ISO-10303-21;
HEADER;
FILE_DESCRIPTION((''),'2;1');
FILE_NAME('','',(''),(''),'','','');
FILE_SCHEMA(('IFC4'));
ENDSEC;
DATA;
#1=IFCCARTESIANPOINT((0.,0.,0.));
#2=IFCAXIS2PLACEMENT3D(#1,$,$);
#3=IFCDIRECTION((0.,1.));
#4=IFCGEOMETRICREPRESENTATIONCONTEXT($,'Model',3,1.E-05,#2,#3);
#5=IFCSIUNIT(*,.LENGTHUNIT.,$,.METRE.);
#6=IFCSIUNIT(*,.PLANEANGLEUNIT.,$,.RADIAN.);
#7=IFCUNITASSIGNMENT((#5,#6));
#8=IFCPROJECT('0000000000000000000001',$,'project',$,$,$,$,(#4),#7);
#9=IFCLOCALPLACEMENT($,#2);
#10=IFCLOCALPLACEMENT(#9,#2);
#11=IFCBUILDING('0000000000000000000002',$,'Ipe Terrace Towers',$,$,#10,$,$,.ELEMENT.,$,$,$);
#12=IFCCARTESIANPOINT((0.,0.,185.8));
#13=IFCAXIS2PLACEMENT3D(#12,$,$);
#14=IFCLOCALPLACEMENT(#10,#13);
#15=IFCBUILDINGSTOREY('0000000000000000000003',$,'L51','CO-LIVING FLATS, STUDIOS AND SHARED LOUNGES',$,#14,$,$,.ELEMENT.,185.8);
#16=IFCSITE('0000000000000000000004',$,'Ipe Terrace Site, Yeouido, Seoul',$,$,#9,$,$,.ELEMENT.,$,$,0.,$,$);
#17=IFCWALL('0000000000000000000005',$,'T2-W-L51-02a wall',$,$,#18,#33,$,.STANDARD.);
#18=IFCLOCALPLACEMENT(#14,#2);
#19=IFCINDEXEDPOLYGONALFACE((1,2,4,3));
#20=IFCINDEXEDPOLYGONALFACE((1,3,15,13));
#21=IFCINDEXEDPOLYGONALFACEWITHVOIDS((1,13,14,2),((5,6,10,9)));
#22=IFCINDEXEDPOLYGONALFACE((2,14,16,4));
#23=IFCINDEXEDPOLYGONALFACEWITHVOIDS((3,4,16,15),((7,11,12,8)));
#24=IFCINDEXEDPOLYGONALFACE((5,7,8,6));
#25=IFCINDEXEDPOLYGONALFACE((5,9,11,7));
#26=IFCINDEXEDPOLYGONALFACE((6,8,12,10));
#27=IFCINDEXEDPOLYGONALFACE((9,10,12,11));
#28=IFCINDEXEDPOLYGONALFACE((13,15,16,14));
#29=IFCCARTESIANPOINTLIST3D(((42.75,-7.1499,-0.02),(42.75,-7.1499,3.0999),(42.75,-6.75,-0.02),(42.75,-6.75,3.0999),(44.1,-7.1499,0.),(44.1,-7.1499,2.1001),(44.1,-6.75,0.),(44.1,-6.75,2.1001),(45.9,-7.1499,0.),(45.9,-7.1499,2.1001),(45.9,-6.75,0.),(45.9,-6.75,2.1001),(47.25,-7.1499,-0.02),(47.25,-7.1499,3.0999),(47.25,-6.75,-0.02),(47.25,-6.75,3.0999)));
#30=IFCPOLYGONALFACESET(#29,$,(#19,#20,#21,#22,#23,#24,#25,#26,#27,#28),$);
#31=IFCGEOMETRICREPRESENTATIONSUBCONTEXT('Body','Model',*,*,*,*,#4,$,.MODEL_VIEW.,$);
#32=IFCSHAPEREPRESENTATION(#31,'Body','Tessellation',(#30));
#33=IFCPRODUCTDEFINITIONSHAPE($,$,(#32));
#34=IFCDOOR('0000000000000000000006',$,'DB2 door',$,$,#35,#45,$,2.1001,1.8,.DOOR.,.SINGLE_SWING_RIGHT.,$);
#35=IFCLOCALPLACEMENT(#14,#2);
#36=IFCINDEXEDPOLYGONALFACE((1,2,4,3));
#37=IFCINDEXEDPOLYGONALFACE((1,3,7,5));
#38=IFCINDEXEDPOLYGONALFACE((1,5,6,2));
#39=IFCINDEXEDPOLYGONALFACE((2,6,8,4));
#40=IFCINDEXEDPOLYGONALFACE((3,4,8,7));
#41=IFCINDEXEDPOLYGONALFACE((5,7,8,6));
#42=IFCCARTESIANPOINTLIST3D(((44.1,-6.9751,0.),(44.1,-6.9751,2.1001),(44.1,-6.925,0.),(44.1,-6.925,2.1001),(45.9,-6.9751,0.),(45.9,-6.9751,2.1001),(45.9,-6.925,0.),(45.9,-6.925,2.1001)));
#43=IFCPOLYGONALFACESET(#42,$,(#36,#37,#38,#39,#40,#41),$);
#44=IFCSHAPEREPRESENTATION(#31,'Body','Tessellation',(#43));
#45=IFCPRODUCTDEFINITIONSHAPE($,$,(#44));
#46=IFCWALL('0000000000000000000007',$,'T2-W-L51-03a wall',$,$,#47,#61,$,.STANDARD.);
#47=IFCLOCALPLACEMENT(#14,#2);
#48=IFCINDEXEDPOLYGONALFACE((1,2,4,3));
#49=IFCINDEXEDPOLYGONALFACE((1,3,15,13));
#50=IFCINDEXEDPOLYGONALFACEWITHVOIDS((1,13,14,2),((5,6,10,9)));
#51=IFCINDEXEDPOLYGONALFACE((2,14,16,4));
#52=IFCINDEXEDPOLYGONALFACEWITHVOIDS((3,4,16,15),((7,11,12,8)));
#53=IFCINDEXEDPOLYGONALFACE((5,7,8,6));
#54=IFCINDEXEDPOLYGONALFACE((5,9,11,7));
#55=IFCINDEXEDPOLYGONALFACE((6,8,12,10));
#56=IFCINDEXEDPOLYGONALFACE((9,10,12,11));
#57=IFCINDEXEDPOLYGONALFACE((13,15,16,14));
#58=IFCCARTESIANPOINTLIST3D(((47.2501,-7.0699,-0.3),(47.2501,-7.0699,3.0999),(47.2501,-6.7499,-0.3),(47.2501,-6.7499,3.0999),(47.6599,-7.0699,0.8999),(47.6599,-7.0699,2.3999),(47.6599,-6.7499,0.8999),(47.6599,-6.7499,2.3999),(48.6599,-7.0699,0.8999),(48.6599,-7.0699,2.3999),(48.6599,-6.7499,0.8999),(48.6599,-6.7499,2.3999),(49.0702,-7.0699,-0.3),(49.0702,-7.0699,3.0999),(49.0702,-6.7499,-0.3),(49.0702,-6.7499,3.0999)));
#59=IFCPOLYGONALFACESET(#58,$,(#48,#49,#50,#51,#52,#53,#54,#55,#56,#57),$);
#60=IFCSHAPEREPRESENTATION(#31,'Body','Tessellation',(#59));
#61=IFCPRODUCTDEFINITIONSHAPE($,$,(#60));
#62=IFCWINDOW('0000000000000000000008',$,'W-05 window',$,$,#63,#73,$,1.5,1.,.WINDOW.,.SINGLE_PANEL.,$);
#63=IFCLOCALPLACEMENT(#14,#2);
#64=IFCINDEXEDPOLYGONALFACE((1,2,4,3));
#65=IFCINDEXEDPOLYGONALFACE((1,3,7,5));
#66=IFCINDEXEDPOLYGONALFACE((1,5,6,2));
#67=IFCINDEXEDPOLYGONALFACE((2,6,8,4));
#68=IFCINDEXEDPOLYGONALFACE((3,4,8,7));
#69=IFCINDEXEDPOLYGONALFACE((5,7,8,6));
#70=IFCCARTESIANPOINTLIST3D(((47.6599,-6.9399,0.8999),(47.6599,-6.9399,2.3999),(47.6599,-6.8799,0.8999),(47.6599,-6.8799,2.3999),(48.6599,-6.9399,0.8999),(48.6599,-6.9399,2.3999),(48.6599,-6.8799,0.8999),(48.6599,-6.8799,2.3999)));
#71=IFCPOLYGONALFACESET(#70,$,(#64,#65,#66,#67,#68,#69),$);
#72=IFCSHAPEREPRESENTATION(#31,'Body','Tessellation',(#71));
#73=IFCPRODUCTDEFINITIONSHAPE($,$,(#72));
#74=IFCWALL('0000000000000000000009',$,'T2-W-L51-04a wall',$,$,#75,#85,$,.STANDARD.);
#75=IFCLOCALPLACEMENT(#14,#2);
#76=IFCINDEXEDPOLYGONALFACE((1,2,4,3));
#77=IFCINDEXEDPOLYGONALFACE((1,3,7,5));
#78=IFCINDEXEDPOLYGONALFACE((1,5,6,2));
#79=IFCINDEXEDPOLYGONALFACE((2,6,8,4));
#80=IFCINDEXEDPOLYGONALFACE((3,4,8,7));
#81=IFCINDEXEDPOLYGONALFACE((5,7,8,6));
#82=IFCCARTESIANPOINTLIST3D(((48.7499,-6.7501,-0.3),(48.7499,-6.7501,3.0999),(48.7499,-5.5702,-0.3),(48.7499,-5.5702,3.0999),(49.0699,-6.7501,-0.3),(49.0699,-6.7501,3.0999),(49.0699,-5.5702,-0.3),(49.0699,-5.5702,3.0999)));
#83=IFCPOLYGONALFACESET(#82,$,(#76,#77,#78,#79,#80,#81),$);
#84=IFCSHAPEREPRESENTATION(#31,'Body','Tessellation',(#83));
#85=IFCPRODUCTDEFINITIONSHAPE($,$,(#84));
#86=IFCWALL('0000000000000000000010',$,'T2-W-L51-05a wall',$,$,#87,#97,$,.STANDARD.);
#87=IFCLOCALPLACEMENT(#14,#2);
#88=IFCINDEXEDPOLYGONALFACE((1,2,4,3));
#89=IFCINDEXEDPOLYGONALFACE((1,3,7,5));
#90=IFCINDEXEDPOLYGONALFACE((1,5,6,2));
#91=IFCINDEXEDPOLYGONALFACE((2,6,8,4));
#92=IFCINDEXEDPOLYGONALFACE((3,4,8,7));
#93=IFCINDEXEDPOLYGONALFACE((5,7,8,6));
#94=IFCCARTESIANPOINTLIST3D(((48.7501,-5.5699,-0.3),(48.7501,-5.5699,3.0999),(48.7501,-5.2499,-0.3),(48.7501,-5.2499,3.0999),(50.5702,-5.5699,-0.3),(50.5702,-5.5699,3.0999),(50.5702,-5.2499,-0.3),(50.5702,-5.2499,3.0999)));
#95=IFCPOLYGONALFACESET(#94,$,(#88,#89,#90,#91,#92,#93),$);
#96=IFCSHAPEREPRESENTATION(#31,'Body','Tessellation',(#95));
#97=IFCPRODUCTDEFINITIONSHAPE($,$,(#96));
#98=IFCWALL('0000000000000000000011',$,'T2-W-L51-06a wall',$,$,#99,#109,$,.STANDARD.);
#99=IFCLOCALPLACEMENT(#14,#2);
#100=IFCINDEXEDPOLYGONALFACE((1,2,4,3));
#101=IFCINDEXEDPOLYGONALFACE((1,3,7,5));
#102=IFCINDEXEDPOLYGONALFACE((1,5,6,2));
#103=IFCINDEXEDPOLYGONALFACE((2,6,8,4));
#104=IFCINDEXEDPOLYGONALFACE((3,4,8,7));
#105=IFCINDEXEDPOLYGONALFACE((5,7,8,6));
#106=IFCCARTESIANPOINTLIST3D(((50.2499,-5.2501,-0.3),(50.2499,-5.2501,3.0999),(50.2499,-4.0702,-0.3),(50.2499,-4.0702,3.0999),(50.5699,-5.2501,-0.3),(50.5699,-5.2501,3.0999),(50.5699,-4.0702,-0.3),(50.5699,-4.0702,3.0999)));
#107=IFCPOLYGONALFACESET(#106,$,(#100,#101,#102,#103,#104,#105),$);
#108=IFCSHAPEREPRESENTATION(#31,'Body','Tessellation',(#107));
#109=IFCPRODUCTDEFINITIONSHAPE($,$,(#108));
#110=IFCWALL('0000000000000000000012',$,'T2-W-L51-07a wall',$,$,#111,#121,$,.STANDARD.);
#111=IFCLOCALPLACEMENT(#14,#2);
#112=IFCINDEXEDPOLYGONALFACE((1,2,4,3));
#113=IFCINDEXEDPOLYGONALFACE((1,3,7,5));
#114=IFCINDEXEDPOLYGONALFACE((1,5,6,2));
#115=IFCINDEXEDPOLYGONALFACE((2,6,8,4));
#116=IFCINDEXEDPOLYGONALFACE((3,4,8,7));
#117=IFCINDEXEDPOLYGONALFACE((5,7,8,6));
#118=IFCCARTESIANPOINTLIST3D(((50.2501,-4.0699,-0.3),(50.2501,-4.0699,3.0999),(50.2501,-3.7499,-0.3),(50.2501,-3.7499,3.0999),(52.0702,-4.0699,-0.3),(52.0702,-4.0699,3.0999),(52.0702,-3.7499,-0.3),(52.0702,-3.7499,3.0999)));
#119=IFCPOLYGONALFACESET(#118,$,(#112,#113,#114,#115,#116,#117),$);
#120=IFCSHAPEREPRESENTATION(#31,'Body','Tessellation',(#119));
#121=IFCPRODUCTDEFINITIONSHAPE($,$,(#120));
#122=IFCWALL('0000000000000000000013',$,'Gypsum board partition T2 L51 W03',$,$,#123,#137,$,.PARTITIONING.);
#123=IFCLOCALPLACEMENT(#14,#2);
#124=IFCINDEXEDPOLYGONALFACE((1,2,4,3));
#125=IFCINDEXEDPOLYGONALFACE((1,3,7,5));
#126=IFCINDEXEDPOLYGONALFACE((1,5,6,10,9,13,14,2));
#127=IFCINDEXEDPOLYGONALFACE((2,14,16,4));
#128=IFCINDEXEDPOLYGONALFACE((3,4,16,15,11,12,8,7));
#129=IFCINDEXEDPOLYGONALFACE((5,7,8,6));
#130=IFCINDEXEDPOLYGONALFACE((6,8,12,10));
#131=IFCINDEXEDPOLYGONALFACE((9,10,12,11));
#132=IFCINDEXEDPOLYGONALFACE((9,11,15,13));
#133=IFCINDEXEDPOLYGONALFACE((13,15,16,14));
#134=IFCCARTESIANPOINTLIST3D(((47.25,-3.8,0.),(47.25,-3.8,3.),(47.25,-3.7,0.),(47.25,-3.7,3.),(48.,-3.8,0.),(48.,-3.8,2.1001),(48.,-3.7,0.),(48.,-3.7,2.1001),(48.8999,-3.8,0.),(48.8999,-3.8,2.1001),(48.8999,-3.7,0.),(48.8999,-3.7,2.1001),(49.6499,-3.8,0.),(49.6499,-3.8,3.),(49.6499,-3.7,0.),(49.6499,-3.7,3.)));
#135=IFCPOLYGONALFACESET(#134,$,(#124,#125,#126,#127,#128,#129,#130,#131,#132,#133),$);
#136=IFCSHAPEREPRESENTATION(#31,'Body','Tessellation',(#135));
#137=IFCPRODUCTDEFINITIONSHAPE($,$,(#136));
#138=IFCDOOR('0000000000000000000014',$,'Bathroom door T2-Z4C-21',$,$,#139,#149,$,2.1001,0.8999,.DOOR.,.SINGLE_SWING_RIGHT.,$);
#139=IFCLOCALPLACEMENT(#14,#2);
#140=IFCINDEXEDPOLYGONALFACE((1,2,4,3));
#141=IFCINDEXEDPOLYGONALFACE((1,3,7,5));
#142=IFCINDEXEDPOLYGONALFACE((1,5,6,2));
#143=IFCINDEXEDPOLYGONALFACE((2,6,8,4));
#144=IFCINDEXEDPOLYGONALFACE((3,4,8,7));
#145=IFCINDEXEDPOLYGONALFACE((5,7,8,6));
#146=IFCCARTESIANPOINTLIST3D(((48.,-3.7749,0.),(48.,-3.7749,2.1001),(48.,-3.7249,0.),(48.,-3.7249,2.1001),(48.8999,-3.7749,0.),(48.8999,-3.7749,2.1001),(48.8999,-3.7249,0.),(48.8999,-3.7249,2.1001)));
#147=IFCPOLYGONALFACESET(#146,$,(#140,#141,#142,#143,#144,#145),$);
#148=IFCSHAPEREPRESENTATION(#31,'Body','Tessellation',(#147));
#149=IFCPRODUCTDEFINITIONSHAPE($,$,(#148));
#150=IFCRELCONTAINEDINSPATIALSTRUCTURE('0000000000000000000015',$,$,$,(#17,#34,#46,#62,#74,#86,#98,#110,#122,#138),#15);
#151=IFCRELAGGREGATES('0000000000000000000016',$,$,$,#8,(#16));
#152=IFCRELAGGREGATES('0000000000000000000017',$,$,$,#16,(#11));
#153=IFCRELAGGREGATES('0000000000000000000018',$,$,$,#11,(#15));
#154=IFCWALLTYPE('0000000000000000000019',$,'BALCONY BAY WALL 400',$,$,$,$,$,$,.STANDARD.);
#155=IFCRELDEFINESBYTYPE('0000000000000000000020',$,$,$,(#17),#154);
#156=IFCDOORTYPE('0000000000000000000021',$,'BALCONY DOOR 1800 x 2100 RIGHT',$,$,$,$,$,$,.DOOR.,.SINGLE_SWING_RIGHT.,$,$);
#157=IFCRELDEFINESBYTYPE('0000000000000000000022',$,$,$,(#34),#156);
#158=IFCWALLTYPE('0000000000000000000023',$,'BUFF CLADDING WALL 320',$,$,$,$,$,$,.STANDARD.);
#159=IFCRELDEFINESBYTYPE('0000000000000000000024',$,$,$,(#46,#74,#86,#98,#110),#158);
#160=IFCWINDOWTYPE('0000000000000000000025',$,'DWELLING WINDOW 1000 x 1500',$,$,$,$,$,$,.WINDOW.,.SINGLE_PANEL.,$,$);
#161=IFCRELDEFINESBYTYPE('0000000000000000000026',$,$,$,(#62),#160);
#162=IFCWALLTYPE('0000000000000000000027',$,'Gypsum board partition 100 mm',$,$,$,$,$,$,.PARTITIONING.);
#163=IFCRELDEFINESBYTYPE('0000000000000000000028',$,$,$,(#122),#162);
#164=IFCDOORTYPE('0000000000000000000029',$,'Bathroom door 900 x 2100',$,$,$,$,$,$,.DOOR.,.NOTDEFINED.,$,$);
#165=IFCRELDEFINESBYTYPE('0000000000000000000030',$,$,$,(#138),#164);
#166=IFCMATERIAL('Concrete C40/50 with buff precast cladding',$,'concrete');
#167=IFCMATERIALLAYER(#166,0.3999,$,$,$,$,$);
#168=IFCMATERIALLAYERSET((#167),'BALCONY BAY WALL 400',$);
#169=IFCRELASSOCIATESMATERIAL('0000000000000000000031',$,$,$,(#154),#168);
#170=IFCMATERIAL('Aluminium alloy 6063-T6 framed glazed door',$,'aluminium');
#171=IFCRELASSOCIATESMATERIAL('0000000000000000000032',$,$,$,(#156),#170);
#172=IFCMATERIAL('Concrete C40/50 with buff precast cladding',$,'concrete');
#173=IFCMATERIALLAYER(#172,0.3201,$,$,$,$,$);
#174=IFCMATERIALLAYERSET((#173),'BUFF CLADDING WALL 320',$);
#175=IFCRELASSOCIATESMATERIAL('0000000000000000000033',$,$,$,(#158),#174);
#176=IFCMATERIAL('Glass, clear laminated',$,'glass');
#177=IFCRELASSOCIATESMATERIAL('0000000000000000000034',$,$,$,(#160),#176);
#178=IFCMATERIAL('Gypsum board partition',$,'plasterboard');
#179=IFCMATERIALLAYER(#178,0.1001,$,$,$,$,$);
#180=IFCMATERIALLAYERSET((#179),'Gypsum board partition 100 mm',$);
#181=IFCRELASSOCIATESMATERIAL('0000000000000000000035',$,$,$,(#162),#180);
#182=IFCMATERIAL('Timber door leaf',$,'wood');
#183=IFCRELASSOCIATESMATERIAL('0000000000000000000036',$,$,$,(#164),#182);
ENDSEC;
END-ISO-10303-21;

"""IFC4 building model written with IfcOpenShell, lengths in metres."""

from ifc_helpers import new_model, si_unit, direction, frame, frame_2d, origin, place, context, subcontext, project, spatial, rectangle, extrude, material, layer, layer_set, type_object, element, fill, save


model = new_model("IFC4")

# Units and contexts
model_context = context("Model", 3, precision=1e-05, world=origin(), true_north=direction((0.0, 1.0)))
body_context = subcontext(model_context, "Body", "Model", "MODEL_VIEW")
ifc_project = project(units=[si_unit("LENGTHUNIT", "METRE"), si_unit("PLANEANGLEUNIT", "RADIAN")], contexts=[model_context])

# Site, building, storey
site_placement = place(None, origin())
site = spatial("IfcSite", under=ifc_project, at=site_placement, Name="Ipe Terrace Site, Yeouido, Seoul", CompositionType="ELEMENT", RefElevation=0.0)
building_placement = place(site_placement, origin())
building = spatial("IfcBuilding", under=site, at=building_placement, Name="Ipe Terrace Towers", CompositionType="ELEMENT")
storey_placement = place(building_placement, frame((0.0, 0.0, 185.8)))
storey = spatial("IfcBuildingStorey", under=building, at=storey_placement, Name="L51", Description="CO-LIVING FLATS, STUDIOS AND SHARED LOUNGES", CompositionType="ELEMENT", Elevation=185.8)

# Wall, opening, door
ifc_material_1 = material(Name="Concrete C40/50 with buff precast cladding", Category="concrete")
ifc_layer_1 = layer(ifc_material_1, 0.3999)
ifc_layer_set_1 = layer_set([ifc_layer_1], Name="BALCONY BAY WALL 400")
wall_type_1 = type_object("IfcWallType", Name="BALCONY BAY WALL 400", PredefinedType="STANDARD", material=ifc_layer_set_1)
wall_1_placement = place(storey_placement, frame((42.75, -6.95, -0.02), z_axis=(0.0, 0.0, 1.0), x_axis=(1.0, 0.0, 0.0)))
wall_1 = element("IfcWall", 1, at=wall_1_placement, inside=storey, type_object=wall_type_1, Name="T2-W-L51-02a wall", PredefinedType="STANDARD", context=body_context, shape_type="SweptSolid", body=[
    extrude(rectangle(XDim=4.5, YDim=0.3999, at=frame_2d((2.25, 0.0))), origin(), (0.0, 0.0, 1.0), 3.1199),
])
opening_1_placement = place(wall_1_placement, frame((1.3501, 0.0, 0.02)))
opening_1 = element("IfcOpeningElement", 2, at=opening_1_placement, cuts=wall_1, PredefinedType="OPENING", context=body_context, shape_type="SweptSolid", body=[
    extrude(rectangle(XDim=1.8, YDim=2.1001, at=frame_2d((0.8999, 1.05))), frame((0.0, 0.21, 0.0), z_axis=(0.0, -1.0, 0.0), x_axis=(1.0, 0.0, 0.0)), (0.0, 0.0, 1.0), 0.4199),
])
ifc_material_2 = material(Name="Aluminium alloy 6063-T6 framed glazed door", Category="aluminium")
door_type_1 = type_object("IfcDoorType", Name="BALCONY DOOR 1800 x 2100 RIGHT", OperationType="SINGLE_SWING_RIGHT", PredefinedType="DOOR", material=ifc_material_2)
door_1_placement = place(opening_1_placement, origin())
door_1 = element("IfcDoor", 3, at=door_1_placement, inside=storey, type_object=door_type_1, Name="DB2 door", OperationType="SINGLE_SWING_RIGHT", OverallHeight=2.1001, OverallWidth=1.8, PredefinedType="DOOR", context=body_context, shape_type="SweptSolid", body=[
    extrude(rectangle(XDim=1.8, YDim=2.1001, at=frame_2d((0.8999, 1.05))), frame((0.0, 0.0249, 0.0), z_axis=(0.0, -1.0, 0.0), x_axis=(1.0, 0.0, 0.0)), (0.0, 0.0, 1.0), 0.05),
])
fill(opening_1, door_1)

# Wall, opening, window
ifc_material_3 = material(Name="Concrete C40/50 with buff precast cladding", Category="concrete")
ifc_layer_2 = layer(ifc_material_3, 0.3201)
ifc_layer_set_2 = layer_set([ifc_layer_2], Name="BUFF CLADDING WALL 320")
wall_type_2 = type_object("IfcWallType", Name="BUFF CLADDING WALL 320", PredefinedType="STANDARD", material=ifc_layer_set_2)
wall_2_placement = place(storey_placement, frame((47.25, -6.9099, -0.3), z_axis=(0.0, 0.0, 1.0), x_axis=(1.0, 0.0, 0.0)))
wall_2 = element("IfcWall", 4, at=wall_2_placement, inside=storey, type_object=wall_type_2, Name="T2-W-L51-03a wall", PredefinedType="STANDARD", context=body_context, shape_type="SweptSolid", body=[
    extrude(rectangle(XDim=1.8201, YDim=0.3201, at=frame_2d((0.9102, 0.0))), origin(), (0.0, 0.0, 1.0), 3.3999),
])
opening_2_placement = place(wall_2_placement, frame((0.4099, 0.0, 1.2)))
opening_2 = element("IfcOpeningElement", 5, at=opening_2_placement, cuts=wall_2, PredefinedType="OPENING", context=body_context, shape_type="SweptSolid", body=[
    extrude(rectangle(XDim=1.0, YDim=1.5, at=frame_2d((0.5, 0.75))), frame((0.0, 0.1699, 0.0), z_axis=(0.0, -1.0, 0.0), x_axis=(1.0, 0.0, 0.0)), (0.0, 0.0, 1.0), 0.3401),
])
ifc_material_4 = material(Name="Glass, clear laminated", Category="glass")
window_type = type_object("IfcWindowType", Name="DWELLING WINDOW 1000 x 1500", PartitioningType="SINGLE_PANEL", PredefinedType="WINDOW", material=ifc_material_4)
window_placement = place(opening_2_placement, origin())
window = element("IfcWindow", 6, at=window_placement, inside=storey, type_object=window_type, Name="W-05 window", OverallHeight=1.5, OverallWidth=1.0, PartitioningType="SINGLE_PANEL", PredefinedType="WINDOW", context=body_context, shape_type="SweptSolid", body=[
    extrude(rectangle(XDim=1.0, YDim=1.5, at=frame_2d((0.5, 0.75))), frame((0.0, 0.03, 0.0), z_axis=(0.0, -1.0, 0.0), x_axis=(1.0, 0.0, 0.0)), (0.0, 0.0, 1.0), 0.0601),
])
fill(opening_2, window)

# Walls
wall_3_placement = place(storey_placement, frame((48.9099, -6.75, -0.3), z_axis=(0.0, 0.0, 1.0), x_axis=(0.0, 1.0, 0.0)))
element("IfcWall", 7, at=wall_3_placement, inside=storey, type_object=wall_type_2, Name="T2-W-L51-04a wall", PredefinedType="STANDARD", context=body_context, shape_type="SweptSolid", body=[
    extrude(rectangle(XDim=1.1799, YDim=0.3201, at=frame_2d((0.5898, 0.0))), origin(), (0.0, 0.0, 1.0), 3.3999),
])
wall_4_placement = place(storey_placement, frame((48.75, -5.4099, -0.3), z_axis=(0.0, 0.0, 1.0), x_axis=(1.0, 0.0, 0.0)))
element("IfcWall", 8, at=wall_4_placement, inside=storey, type_object=wall_type_2, Name="T2-W-L51-05a wall", PredefinedType="STANDARD", context=body_context, shape_type="SweptSolid", body=[
    extrude(rectangle(XDim=1.8201, YDim=0.3201, at=frame_2d((0.9102, 0.0))), origin(), (0.0, 0.0, 1.0), 3.3999),
])
wall_5_placement = place(storey_placement, frame((50.4099, -5.25, -0.3), z_axis=(0.0, 0.0, 1.0), x_axis=(0.0, 1.0, 0.0)))
element("IfcWall", 9, at=wall_5_placement, inside=storey, type_object=wall_type_2, Name="T2-W-L51-06a wall", PredefinedType="STANDARD", context=body_context, shape_type="SweptSolid", body=[
    extrude(rectangle(XDim=1.1799, YDim=0.3201, at=frame_2d((0.5898, 0.0))), origin(), (0.0, 0.0, 1.0), 3.3999),
])
wall_6_placement = place(storey_placement, frame((50.25, -3.9099, -0.3), z_axis=(0.0, 0.0, 1.0), x_axis=(1.0, 0.0, 0.0)))
element("IfcWall", 10, at=wall_6_placement, inside=storey, type_object=wall_type_2, Name="T2-W-L51-07a wall", PredefinedType="STANDARD", context=body_context, shape_type="SweptSolid", body=[
    extrude(rectangle(XDim=1.8201, YDim=0.3201, at=frame_2d((0.9102, 0.0))), origin(), (0.0, 0.0, 1.0), 3.3999),
])

# Wall, opening, door
ifc_material_5 = material(Name="Gypsum board partition", Category="plasterboard")
ifc_layer_3 = layer(ifc_material_5, 0.1001)
ifc_layer_set_3 = layer_set([ifc_layer_3], Name="Gypsum board partition 100 mm")
wall_type_3 = type_object("IfcWallType", Name="Gypsum board partition 100 mm", PredefinedType="PARTITIONING", material=ifc_layer_set_3)
wall_7_placement = place(storey_placement, frame((49.6499, -3.75, 0.0), z_axis=(0.0, 0.0, 1.0), x_axis=(-1.0, 0.0, 0.0)))
wall_7 = element("IfcWall", 11, at=wall_7_placement, inside=storey, type_object=wall_type_3, Name="Gypsum board partition T2 L51 W03", PredefinedType="PARTITIONING", context=body_context, shape_type="SweptSolid", body=[
    extrude(rectangle(XDim=2.3999, YDim=0.1001, at=frame_2d((1.2, 0.0))), origin(), (0.0, 0.0, 1.0), 3.0),
])
opening_3_placement = place(wall_7_placement, frame((0.75, 0.0, 0.0)))
opening_3 = element("IfcOpeningElement", 12, at=opening_3_placement, cuts=wall_7, PredefinedType="OPENING", context=body_context, shape_type="SweptSolid", body=[
    extrude(rectangle(XDim=0.8999, YDim=2.1001, at=frame_2d((0.45, 1.05))), frame((0.0, 0.0601, 0.0), z_axis=(0.0, -1.0, 0.0), x_axis=(1.0, 0.0, 0.0)), (0.0, 0.0, 1.0), 0.1201),
])
ifc_material_6 = material(Name="Timber door leaf", Category="wood")
door_type_2 = type_object("IfcDoorType", Name="Bathroom door 900 x 2100", OperationType="NOTDEFINED", PredefinedType="DOOR", material=ifc_material_6)
door_2_placement = place(opening_3_placement, origin())
door_2 = element("IfcDoor", 13, at=door_2_placement, inside=storey, type_object=door_type_2, Name="Bathroom door T2-Z4C-21", OperationType="SINGLE_SWING_RIGHT", OverallHeight=2.1001, OverallWidth=0.8999, PredefinedType="DOOR", context=body_context, shape_type="SweptSolid", body=[
    extrude(rectangle(XDim=0.8999, YDim=2.1001, at=frame_2d((0.45, 1.05))), frame((0.0, 0.0249, 0.0), z_axis=(0.0, -1.0, 0.0), x_axis=(1.0, 0.0, 0.0)), (0.0, 0.0, 1.0), 0.05),
])
fill(opening_3, door_2)

save(model, "model.ifc")
